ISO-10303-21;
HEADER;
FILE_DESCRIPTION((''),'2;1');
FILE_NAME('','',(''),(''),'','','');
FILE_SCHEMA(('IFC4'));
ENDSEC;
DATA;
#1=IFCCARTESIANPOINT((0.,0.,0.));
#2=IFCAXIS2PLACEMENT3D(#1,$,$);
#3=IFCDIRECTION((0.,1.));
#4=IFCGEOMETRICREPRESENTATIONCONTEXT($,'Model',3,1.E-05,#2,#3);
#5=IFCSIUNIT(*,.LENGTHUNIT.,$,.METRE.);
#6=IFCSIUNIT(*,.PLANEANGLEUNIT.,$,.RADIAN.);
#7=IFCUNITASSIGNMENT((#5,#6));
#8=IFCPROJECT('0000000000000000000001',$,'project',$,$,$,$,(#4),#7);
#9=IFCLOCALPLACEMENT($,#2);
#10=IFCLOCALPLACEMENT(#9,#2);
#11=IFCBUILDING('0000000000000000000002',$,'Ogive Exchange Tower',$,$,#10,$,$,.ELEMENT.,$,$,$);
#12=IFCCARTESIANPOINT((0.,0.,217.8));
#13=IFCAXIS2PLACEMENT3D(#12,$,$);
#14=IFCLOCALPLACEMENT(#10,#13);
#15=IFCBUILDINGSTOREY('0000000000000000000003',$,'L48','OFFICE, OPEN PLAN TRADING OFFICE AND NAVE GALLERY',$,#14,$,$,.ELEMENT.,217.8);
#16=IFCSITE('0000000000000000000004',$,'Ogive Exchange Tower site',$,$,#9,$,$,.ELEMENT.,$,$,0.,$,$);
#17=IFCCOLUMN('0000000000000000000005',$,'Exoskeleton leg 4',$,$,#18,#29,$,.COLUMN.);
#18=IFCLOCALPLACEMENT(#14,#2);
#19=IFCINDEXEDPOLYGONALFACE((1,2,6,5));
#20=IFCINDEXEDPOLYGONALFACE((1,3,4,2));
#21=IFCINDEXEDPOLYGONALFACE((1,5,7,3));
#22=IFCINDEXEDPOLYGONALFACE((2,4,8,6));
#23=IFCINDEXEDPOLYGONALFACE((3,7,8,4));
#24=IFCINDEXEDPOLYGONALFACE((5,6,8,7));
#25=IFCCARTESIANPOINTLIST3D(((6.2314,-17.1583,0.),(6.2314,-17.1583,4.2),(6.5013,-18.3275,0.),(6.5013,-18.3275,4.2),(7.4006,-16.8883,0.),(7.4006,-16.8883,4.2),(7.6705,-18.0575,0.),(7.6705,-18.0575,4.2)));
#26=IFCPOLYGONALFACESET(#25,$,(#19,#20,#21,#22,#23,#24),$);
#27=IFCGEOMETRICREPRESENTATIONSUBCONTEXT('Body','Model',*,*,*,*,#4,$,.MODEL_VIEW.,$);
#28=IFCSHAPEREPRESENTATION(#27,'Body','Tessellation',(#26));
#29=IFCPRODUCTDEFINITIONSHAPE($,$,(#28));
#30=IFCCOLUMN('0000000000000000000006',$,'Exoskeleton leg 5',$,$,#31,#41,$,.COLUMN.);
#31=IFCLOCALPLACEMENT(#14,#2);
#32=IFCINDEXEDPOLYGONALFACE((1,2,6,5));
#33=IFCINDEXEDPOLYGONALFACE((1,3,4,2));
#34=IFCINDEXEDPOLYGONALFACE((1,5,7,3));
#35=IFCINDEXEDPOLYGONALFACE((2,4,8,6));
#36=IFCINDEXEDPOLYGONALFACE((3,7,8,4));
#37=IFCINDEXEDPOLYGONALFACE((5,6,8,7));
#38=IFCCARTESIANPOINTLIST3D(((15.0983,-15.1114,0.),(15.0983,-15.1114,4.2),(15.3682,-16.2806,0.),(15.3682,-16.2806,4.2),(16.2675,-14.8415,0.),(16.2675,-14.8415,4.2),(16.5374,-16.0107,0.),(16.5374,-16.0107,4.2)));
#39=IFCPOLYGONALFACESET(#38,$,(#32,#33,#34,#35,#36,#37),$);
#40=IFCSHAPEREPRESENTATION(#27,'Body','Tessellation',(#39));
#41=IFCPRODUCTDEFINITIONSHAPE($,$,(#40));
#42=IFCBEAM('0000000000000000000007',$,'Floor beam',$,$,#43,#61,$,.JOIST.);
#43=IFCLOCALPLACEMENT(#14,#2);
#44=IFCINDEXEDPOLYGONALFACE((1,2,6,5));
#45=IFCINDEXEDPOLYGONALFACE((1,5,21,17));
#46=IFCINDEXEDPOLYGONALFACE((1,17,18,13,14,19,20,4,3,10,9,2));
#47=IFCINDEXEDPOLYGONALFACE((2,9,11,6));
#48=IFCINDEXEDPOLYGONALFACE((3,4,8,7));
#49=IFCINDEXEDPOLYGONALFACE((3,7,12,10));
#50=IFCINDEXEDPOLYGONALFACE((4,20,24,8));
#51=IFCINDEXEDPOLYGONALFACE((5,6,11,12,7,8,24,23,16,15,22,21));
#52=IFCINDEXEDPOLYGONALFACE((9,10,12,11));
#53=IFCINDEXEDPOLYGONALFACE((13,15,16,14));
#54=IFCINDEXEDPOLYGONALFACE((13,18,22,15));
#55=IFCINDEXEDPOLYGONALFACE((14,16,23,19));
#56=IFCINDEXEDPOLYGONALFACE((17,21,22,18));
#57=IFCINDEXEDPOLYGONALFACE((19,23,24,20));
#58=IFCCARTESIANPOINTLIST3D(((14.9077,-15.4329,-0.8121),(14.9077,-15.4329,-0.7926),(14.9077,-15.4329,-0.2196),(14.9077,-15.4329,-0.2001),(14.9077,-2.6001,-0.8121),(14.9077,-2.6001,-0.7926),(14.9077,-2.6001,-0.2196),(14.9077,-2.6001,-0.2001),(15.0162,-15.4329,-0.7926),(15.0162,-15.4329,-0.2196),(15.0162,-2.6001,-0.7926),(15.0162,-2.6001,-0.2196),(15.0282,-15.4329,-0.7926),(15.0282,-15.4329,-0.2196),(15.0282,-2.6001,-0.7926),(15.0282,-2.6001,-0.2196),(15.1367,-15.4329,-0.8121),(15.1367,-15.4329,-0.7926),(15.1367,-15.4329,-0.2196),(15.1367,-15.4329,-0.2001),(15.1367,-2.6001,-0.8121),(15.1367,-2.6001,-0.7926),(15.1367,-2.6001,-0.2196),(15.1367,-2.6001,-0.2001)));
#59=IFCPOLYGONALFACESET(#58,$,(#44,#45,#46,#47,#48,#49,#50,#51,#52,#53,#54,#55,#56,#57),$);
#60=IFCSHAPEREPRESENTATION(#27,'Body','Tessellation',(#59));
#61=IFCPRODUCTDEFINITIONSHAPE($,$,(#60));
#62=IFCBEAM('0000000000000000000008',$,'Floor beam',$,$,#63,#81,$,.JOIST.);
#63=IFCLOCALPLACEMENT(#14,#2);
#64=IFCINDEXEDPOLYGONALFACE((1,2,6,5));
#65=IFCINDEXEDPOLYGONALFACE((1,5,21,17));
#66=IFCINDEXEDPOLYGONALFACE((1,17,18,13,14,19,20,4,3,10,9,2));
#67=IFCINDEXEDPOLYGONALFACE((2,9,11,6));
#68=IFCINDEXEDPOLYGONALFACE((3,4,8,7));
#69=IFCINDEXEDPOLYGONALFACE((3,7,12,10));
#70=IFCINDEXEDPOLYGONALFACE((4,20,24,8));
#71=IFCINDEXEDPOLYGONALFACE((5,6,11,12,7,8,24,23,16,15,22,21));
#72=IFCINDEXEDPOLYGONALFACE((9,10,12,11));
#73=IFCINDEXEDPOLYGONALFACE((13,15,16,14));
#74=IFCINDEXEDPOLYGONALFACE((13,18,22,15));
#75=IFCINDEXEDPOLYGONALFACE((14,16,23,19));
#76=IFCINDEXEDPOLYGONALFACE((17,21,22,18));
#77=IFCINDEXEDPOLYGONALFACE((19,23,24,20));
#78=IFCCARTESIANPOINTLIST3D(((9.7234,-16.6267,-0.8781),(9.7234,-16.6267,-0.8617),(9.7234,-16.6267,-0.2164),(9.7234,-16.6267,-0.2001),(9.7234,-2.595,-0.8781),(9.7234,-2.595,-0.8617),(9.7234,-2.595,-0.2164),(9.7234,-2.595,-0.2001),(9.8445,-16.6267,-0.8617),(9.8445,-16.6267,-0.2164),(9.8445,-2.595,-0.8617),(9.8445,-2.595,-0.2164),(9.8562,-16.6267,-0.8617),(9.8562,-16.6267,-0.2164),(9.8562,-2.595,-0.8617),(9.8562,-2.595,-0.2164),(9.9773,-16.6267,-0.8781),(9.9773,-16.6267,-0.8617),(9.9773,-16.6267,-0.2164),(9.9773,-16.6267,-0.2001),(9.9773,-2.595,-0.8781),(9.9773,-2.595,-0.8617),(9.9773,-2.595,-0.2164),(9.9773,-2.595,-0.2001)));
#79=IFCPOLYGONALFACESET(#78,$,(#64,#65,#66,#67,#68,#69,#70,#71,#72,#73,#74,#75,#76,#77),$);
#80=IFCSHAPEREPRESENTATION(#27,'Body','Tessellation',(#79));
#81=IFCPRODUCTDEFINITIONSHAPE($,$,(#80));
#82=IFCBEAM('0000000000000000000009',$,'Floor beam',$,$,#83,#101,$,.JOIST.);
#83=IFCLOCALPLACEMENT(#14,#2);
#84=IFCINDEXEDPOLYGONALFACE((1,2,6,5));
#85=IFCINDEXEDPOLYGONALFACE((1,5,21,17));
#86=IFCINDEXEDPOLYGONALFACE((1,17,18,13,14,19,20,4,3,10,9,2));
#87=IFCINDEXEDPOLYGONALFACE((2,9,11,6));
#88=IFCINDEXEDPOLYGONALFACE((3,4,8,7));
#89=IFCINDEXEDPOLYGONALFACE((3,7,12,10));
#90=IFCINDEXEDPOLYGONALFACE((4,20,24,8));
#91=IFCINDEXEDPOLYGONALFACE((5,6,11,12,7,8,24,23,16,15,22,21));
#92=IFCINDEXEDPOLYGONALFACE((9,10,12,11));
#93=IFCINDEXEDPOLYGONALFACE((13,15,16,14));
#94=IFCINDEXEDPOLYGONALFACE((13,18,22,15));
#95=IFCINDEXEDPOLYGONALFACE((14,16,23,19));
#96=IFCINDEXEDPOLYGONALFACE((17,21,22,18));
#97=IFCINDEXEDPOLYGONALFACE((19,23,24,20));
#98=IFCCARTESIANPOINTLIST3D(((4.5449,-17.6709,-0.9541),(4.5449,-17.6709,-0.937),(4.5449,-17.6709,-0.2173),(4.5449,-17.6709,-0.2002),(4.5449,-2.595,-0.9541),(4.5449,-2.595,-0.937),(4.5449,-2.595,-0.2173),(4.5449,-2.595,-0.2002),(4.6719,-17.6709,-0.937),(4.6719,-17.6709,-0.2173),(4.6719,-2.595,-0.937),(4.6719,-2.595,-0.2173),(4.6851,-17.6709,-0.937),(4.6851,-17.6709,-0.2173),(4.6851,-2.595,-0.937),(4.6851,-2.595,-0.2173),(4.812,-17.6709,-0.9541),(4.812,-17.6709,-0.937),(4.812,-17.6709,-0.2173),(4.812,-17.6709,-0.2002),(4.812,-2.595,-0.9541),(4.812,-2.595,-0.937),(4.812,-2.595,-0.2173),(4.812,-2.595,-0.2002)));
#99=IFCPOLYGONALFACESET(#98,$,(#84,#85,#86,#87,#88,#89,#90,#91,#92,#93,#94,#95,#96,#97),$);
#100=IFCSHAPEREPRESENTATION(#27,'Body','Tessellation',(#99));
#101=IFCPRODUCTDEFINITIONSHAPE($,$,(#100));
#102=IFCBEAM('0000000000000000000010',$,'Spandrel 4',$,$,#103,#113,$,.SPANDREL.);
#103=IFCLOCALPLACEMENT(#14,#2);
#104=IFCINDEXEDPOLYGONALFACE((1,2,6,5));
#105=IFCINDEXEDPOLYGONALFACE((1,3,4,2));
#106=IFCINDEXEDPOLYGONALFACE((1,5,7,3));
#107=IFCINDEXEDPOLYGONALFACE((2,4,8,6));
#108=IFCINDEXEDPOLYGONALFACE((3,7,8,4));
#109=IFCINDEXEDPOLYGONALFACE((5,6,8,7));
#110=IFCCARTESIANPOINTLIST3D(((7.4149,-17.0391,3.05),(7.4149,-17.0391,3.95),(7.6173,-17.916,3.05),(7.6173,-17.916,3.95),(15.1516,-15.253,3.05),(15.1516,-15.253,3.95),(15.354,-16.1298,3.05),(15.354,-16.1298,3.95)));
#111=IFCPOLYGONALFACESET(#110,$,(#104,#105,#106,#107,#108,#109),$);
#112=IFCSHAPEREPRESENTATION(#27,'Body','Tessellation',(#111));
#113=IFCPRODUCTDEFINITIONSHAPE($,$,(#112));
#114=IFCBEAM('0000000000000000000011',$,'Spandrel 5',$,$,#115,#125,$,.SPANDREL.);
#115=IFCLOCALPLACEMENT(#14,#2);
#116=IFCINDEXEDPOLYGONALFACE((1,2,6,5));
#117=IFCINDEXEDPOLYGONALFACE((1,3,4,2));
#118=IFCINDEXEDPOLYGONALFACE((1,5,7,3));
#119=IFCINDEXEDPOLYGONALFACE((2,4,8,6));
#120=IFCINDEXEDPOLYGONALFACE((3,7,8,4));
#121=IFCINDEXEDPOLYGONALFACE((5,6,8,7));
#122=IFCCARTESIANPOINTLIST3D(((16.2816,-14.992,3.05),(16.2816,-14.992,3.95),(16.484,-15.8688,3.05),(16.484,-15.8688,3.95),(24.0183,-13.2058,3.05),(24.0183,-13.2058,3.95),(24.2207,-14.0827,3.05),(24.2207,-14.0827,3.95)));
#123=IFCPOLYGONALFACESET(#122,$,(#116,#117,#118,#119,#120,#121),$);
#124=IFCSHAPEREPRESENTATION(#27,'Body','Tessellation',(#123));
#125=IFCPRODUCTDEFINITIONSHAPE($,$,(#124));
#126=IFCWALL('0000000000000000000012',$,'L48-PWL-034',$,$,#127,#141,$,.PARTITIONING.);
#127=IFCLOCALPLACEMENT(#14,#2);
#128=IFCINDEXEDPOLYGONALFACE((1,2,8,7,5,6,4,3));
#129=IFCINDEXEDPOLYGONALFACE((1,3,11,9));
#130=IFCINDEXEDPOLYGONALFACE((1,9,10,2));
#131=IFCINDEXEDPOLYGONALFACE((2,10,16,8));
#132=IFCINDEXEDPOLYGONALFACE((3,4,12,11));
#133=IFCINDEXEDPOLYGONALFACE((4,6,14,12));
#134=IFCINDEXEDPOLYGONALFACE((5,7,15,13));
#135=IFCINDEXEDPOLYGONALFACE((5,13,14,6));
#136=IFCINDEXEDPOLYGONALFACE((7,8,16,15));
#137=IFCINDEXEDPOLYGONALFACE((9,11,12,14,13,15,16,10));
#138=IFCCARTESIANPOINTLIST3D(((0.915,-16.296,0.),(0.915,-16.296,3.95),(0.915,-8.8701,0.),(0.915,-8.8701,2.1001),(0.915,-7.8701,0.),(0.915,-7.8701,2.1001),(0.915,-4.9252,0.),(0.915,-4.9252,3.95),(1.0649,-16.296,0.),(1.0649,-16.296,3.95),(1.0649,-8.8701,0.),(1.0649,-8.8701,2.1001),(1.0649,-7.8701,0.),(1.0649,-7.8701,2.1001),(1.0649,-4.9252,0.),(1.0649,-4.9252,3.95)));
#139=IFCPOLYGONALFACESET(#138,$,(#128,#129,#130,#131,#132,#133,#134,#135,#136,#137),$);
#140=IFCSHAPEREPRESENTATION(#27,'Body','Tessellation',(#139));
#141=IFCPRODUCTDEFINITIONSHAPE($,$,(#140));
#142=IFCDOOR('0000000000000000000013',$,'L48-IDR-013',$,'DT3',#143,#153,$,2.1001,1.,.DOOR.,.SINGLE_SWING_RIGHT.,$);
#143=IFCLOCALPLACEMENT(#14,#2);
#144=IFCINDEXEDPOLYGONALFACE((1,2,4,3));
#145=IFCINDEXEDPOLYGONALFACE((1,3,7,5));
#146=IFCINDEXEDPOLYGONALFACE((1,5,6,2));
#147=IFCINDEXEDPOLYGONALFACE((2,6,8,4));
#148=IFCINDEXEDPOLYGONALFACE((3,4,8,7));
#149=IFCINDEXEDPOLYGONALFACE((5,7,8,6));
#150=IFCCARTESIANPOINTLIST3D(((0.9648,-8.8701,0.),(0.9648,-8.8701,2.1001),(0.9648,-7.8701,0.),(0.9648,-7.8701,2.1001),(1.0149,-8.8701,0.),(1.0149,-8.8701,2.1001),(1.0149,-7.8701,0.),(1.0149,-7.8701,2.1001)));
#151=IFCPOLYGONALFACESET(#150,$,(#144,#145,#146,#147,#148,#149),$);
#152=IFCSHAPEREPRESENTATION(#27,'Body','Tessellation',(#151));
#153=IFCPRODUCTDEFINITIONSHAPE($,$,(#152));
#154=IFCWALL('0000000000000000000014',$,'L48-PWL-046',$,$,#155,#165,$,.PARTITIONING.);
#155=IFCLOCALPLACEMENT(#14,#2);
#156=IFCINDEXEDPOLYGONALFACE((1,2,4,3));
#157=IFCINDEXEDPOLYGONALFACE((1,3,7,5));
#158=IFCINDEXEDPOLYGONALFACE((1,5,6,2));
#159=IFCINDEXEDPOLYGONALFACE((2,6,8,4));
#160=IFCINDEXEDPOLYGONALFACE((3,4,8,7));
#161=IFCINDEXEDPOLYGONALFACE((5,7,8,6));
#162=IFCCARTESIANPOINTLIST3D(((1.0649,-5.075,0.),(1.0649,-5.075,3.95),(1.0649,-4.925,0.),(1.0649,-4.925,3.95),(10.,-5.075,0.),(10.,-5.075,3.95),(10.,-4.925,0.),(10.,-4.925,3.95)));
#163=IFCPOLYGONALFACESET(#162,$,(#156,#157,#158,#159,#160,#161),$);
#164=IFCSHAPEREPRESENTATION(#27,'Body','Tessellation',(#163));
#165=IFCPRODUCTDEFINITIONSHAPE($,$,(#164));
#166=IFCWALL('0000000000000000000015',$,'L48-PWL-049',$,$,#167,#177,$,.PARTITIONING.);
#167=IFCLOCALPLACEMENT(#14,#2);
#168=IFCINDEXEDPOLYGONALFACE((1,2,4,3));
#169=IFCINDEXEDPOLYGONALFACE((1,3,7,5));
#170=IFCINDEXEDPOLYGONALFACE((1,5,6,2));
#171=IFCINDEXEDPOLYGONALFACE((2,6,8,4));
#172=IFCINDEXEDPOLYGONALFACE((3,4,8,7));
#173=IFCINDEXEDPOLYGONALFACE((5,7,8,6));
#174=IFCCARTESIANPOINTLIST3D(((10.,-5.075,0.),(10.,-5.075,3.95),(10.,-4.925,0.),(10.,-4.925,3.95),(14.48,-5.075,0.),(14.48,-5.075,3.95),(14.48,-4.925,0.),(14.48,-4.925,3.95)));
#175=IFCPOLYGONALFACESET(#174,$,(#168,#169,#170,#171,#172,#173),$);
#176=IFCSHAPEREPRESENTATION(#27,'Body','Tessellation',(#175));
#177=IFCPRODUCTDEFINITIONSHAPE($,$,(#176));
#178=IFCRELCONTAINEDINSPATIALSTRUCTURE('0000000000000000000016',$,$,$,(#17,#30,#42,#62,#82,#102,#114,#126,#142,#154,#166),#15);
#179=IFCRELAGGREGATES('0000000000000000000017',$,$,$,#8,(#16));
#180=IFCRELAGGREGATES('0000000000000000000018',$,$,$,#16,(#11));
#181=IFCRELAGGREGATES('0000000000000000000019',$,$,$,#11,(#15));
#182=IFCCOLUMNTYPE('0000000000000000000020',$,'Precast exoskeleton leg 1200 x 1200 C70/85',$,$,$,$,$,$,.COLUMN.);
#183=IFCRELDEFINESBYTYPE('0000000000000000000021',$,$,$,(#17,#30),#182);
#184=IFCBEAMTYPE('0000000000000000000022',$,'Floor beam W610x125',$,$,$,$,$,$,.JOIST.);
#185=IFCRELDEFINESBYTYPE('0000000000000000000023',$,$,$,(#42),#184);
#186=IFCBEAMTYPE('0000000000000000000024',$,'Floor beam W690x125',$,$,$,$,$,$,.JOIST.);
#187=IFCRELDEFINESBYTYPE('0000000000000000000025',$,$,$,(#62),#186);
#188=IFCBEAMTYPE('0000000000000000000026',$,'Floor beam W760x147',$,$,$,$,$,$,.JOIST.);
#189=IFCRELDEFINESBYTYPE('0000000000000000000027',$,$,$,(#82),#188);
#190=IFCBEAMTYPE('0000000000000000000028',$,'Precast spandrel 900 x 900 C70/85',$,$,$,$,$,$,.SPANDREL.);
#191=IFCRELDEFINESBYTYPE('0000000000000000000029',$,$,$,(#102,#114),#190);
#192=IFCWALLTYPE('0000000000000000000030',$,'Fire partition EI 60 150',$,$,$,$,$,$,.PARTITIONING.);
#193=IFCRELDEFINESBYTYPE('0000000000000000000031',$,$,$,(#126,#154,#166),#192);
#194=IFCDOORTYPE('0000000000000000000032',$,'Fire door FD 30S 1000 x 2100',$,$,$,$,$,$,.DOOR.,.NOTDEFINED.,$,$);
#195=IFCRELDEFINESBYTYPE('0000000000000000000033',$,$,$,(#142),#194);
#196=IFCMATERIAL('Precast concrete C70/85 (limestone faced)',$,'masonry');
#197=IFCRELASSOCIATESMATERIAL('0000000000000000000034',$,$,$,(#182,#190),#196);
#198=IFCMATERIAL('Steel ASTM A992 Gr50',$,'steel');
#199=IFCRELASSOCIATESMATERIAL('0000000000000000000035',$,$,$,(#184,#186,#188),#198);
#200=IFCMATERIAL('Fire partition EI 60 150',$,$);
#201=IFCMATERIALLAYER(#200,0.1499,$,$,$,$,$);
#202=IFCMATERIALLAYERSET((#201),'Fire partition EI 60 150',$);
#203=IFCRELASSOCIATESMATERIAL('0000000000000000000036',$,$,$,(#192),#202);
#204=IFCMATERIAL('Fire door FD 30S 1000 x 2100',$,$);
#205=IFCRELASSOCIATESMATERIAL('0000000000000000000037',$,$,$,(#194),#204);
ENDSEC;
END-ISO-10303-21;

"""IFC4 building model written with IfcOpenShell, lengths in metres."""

from ifc_helpers import new_model, si_unit, direction, frame, frame_2d, origin, origin_2d, place, context, subcontext, project, spatial, rectangle, i_section, extrude, material, layer, layer_set, material_profile, profile_set, type_object, element, fill, save


model = new_model("IFC4")

# Units and contexts
model_context = context("Model", 3, precision=1e-05, world=origin(), true_north=direction((0.0, 1.0)))
body_context = subcontext(model_context, "Body", "Model", "MODEL_VIEW")
ifc_project = project(units=[si_unit("LENGTHUNIT", "METRE"), si_unit("PLANEANGLEUNIT", "RADIAN")], contexts=[model_context])

# Site, building, storey
site_placement = place(None, origin())
site = spatial("IfcSite", under=ifc_project, at=site_placement, Name="Ogive Exchange Tower site", CompositionType="ELEMENT", RefElevation=0.0)
building_placement = place(site_placement, origin())
building = spatial("IfcBuilding", under=site, at=building_placement, Name="Ogive Exchange Tower", CompositionType="ELEMENT")
storey_placement = place(building_placement, frame((0.0, 0.0, 217.8)))
storey = spatial("IfcBuildingStorey", under=building, at=storey_placement, Name="L48", Description="OFFICE, OPEN PLAN TRADING OFFICE AND NAVE GALLERY", CompositionType="ELEMENT", Elevation=217.8)

# Columns
ifc_material_1 = material(Name="Precast concrete C70/85 (limestone faced)", Category="masonry")
ifc_material_profile_1 = material_profile(ifc_material_1, rectangle(XDim=1.2, YDim=1.2, at=origin_2d()), Name="1200 x 1200")
ifc_profile_set_1 = profile_set([ifc_material_profile_1], Name="Precast concrete C70/85 (limestone faced)")
column_type = type_object("IfcColumnType", Name="Precast exoskeleton leg 1200 x 1200 C70/85", PredefinedType="COLUMN", material=ifc_profile_set_1)
for number, where, z_axis, x_axis, name in (
    (1, (6.9509, -17.6079, 0.0), (0.0, 0.0, 1.0), (0.97437, 0.224951, 0.0), "Exoskeleton leg 4"),
    (2, (15.8179, -15.561, 0.0), (0.0, 0.0, 1.0), (0.97437, 0.224951, 0.0), "Exoskeleton leg 5"),
):
    element("IfcColumn", number, at=place(storey_placement, frame(where, z_axis=z_axis, x_axis=x_axis)), inside=storey, type_object=column_type, Name=name, PredefinedType="COLUMN", context=body_context, shape_type="SweptSolid", body=[
        extrude(rectangle(XDim=1.2, YDim=1.2, at=origin_2d()), origin(), (0.0, 0.0, 1.0), 4.2),
    ])

# Beams
ifc_material_2 = material(Name="Steel ASTM A992 Gr50", Category="steel")
ifc_material_profile_2 = material_profile(ifc_material_2, i_section(OverallWidth=0.229, OverallDepth=0.6121, WebThickness=0.012, FlangeThickness=0.0195, at=origin_2d()), Name="W610x125")
ifc_profile_set_2 = profile_set([ifc_material_profile_2], Name="Steel ASTM A992 Gr50")
beam_type_1 = type_object("IfcBeamType", Name="Floor beam W610x125", PredefinedType="JOIST", material=ifc_profile_set_2)
beam_1_placement = place(storey_placement, frame((15.0222, -15.4329, -0.5061), z_axis=(0.0, 1.0, 0.0), x_axis=(-1.0, 0.0, 0.0)))
element("IfcBeam", 3, at=beam_1_placement, inside=storey, type_object=beam_type_1, Name="Floor beam", PredefinedType="JOIST", context=body_context, shape_type="SweptSolid", body=[
    extrude(i_section(OverallWidth=0.229, OverallDepth=0.6121, WebThickness=0.012, FlangeThickness=0.0195, at=origin_2d()), origin(), (0.0, 0.0, 1.0), 12.8328),
])
ifc_material_profile_3 = material_profile(ifc_material_2, i_section(OverallWidth=0.2539, OverallDepth=0.678, WebThickness=0.0117, FlangeThickness=0.0164, at=origin_2d()), Name="W690x125")
ifc_profile_set_3 = profile_set([ifc_material_profile_3], Name="Steel ASTM A992 Gr50")
beam_type_2 = type_object("IfcBeamType", Name="Floor beam W690x125", PredefinedType="JOIST", material=ifc_profile_set_3)
beam_2_placement = place(storey_placement, frame((9.8503, -16.6267, -0.5391), z_axis=(0.0, 1.0, 0.0), x_axis=(-1.0, 0.0, 0.0)))
element("IfcBeam", 4, at=beam_2_placement, inside=storey, type_object=beam_type_2, Name="Floor beam", PredefinedType="JOIST", context=body_context, shape_type="SweptSolid", body=[
    extrude(i_section(OverallWidth=0.2539, OverallDepth=0.678, WebThickness=0.0117, FlangeThickness=0.0164, at=origin_2d()), origin(), (0.0, 0.0, 1.0), 14.0317),
])
ifc_material_profile_4 = material_profile(ifc_material_2, i_section(OverallWidth=0.2671, OverallDepth=0.7539, WebThickness=0.0132, FlangeThickness=0.0171, at=origin_2d()), Name="W760x147")
ifc_profile_set_4 = profile_set([ifc_material_profile_4], Name="Steel ASTM A992 Gr50")
beam_type_3 = type_object("IfcBeamType", Name="Floor beam W760x147", PredefinedType="JOIST", material=ifc_profile_set_4)
beam_3_placement = place(storey_placement, frame((4.6785, -17.6709, -0.5771), z_axis=(0.0, 1.0, 0.0), x_axis=(-1.0, 0.0, 0.0)))
element("IfcBeam", 5, at=beam_3_placement, inside=storey, type_object=beam_type_3, Name="Floor beam", PredefinedType="JOIST", context=body_context, shape_type="SweptSolid", body=[
    extrude(i_section(OverallWidth=0.2671, OverallDepth=0.7539, WebThickness=0.0132, FlangeThickness=0.0171, at=origin_2d()), origin(), (0.0, 0.0, 1.0), 15.0759),
])
ifc_material_profile_5 = material_profile(ifc_material_1, rectangle(XDim=0.8999, YDim=0.8999, at=origin_2d()), Name="900 x 900")
ifc_profile_set_5 = profile_set([ifc_material_profile_5], Name="Precast concrete C70/85 (limestone faced)")
beam_type_4 = type_object("IfcBeamType", Name="Precast spandrel 900 x 900 C70/85", PredefinedType="SPANDREL", material=ifc_profile_set_5)
for number, where, z_axis, x_axis, name in (
    (6, (7.5161, -17.4775, 3.5), (0.97437, 0.224952, 0.0), (-0.224952, 0.97437, 0.0), "Spandrel 4"),
    (7, (16.3828, -15.4304, 3.5), (0.97437, 0.224952, 0.0), (-0.224952, 0.97437, 0.0), "Spandrel 5"),
):
    element("IfcBeam", number, at=place(storey_placement, frame(where, z_axis=z_axis, x_axis=x_axis)), inside=storey, type_object=beam_type_4, Name=name, PredefinedType="SPANDREL", context=body_context, shape_type="SweptSolid", body=[
        extrude(rectangle(XDim=0.8999, YDim=0.8999, at=origin_2d()), origin(), (0.0, 0.0, 1.0), 7.9402),
    ])

# Wall, opening, door
ifc_material_3 = material(Name="Fire partition EI 60 150")
ifc_layer_1 = layer(ifc_material_3, 0.1499)
ifc_layer_set_1 = layer_set([ifc_layer_1], Name="Fire partition EI 60 150")
wall_type_1 = type_object("IfcWallType", Name="Fire partition EI 60 150", PredefinedType="PARTITIONING", material=ifc_layer_set_1)
wall_1_placement = place(storey_placement, frame((0.99, -4.925, 0.0), z_axis=(0.0, 0.0, 1.0), x_axis=(0.0, -1.0, 0.0)))
wall_1 = element("IfcWall", 8, at=wall_1_placement, inside=storey, type_object=wall_type_1, Name="L48-PWL-034", PredefinedType="PARTITIONING", context=body_context, shape_type="SweptSolid", body=[
    extrude(rectangle(XDim=11.3708, YDim=0.1499, at=frame_2d((5.6855, 0.0))), origin(), (0.0, 0.0, 1.0), 3.95),
])
opening_1_placement = place(wall_1_placement, frame((2.9451, 0.0, 0.0)))
opening_1 = element("IfcOpeningElement", 9, at=opening_1_placement, cuts=wall_1, PredefinedType="OPENING", context=body_context, shape_type="SweptSolid", body=[
    extrude(rectangle(XDim=1.0, YDim=2.1001, at=frame_2d((0.5, 1.05))), frame((0.0, 0.085, 0.0), z_axis=(0.0, -1.0, 0.0), x_axis=(1.0, 0.0, 0.0)), (0.0, 0.0, 1.0), 0.1699),
])
ifc_material_4 = material(Name="Fire door FD 30S 1000 x 2100")
door_type_1 = type_object("IfcDoorType", Name="Fire door FD 30S 1000 x 2100", OperationType="NOTDEFINED", PredefinedType="DOOR", material=ifc_material_4)
door_1_placement = place(opening_1_placement, origin())
door_1 = element("IfcDoor", 10, at=door_1_placement, inside=storey, type_object=door_type_1, Name="L48-IDR-013", ObjectType="DT3", OperationType="SINGLE_SWING_RIGHT", OverallHeight=2.1001, OverallWidth=1.0, PredefinedType="DOOR", context=body_context, shape_type="SweptSolid", body=[
    extrude(rectangle(XDim=1.0, YDim=2.1001, at=frame_2d((0.5, 1.05))), frame((0.0, 0.0249, 0.0), z_axis=(0.0, -1.0, 0.0), x_axis=(1.0, 0.0, 0.0)), (0.0, 0.0, 1.0), 0.05),
])
fill(opening_1, door_1)

# Walls
wall_2_placement = place(storey_placement, frame((10.0, -5.0, 0.0), z_axis=(0.0, 0.0, 1.0), x_axis=(-1.0, 0.0, 0.0)))
element("IfcWall", 11, at=wall_2_placement, inside=storey, type_object=wall_type_1, Name="L48-PWL-046", PredefinedType="PARTITIONING", context=body_context, shape_type="SweptSolid", body=[
    extrude(rectangle(XDim=8.9351, YDim=0.1499, at=frame_2d((4.4675, 0.0))), origin(), (0.0, 0.0, 1.0), 3.95),
])
wall_3_placement = place(storey_placement, frame((14.48, -5.0, 0.0), z_axis=(0.0, 0.0, 1.0), x_axis=(-1.0, 0.0, 0.0)))
element("IfcWall", 12, at=wall_3_placement, inside=storey, type_object=wall_type_1, Name="L48-PWL-049", PredefinedType="PARTITIONING", context=body_context, shape_type="SweptSolid", body=[
    extrude(rectangle(XDim=4.48, YDim=0.1499, at=frame_2d((2.24, 0.0))), origin(), (0.0, 0.0, 1.0), 3.95),
])

save(model, "model.ifc")
